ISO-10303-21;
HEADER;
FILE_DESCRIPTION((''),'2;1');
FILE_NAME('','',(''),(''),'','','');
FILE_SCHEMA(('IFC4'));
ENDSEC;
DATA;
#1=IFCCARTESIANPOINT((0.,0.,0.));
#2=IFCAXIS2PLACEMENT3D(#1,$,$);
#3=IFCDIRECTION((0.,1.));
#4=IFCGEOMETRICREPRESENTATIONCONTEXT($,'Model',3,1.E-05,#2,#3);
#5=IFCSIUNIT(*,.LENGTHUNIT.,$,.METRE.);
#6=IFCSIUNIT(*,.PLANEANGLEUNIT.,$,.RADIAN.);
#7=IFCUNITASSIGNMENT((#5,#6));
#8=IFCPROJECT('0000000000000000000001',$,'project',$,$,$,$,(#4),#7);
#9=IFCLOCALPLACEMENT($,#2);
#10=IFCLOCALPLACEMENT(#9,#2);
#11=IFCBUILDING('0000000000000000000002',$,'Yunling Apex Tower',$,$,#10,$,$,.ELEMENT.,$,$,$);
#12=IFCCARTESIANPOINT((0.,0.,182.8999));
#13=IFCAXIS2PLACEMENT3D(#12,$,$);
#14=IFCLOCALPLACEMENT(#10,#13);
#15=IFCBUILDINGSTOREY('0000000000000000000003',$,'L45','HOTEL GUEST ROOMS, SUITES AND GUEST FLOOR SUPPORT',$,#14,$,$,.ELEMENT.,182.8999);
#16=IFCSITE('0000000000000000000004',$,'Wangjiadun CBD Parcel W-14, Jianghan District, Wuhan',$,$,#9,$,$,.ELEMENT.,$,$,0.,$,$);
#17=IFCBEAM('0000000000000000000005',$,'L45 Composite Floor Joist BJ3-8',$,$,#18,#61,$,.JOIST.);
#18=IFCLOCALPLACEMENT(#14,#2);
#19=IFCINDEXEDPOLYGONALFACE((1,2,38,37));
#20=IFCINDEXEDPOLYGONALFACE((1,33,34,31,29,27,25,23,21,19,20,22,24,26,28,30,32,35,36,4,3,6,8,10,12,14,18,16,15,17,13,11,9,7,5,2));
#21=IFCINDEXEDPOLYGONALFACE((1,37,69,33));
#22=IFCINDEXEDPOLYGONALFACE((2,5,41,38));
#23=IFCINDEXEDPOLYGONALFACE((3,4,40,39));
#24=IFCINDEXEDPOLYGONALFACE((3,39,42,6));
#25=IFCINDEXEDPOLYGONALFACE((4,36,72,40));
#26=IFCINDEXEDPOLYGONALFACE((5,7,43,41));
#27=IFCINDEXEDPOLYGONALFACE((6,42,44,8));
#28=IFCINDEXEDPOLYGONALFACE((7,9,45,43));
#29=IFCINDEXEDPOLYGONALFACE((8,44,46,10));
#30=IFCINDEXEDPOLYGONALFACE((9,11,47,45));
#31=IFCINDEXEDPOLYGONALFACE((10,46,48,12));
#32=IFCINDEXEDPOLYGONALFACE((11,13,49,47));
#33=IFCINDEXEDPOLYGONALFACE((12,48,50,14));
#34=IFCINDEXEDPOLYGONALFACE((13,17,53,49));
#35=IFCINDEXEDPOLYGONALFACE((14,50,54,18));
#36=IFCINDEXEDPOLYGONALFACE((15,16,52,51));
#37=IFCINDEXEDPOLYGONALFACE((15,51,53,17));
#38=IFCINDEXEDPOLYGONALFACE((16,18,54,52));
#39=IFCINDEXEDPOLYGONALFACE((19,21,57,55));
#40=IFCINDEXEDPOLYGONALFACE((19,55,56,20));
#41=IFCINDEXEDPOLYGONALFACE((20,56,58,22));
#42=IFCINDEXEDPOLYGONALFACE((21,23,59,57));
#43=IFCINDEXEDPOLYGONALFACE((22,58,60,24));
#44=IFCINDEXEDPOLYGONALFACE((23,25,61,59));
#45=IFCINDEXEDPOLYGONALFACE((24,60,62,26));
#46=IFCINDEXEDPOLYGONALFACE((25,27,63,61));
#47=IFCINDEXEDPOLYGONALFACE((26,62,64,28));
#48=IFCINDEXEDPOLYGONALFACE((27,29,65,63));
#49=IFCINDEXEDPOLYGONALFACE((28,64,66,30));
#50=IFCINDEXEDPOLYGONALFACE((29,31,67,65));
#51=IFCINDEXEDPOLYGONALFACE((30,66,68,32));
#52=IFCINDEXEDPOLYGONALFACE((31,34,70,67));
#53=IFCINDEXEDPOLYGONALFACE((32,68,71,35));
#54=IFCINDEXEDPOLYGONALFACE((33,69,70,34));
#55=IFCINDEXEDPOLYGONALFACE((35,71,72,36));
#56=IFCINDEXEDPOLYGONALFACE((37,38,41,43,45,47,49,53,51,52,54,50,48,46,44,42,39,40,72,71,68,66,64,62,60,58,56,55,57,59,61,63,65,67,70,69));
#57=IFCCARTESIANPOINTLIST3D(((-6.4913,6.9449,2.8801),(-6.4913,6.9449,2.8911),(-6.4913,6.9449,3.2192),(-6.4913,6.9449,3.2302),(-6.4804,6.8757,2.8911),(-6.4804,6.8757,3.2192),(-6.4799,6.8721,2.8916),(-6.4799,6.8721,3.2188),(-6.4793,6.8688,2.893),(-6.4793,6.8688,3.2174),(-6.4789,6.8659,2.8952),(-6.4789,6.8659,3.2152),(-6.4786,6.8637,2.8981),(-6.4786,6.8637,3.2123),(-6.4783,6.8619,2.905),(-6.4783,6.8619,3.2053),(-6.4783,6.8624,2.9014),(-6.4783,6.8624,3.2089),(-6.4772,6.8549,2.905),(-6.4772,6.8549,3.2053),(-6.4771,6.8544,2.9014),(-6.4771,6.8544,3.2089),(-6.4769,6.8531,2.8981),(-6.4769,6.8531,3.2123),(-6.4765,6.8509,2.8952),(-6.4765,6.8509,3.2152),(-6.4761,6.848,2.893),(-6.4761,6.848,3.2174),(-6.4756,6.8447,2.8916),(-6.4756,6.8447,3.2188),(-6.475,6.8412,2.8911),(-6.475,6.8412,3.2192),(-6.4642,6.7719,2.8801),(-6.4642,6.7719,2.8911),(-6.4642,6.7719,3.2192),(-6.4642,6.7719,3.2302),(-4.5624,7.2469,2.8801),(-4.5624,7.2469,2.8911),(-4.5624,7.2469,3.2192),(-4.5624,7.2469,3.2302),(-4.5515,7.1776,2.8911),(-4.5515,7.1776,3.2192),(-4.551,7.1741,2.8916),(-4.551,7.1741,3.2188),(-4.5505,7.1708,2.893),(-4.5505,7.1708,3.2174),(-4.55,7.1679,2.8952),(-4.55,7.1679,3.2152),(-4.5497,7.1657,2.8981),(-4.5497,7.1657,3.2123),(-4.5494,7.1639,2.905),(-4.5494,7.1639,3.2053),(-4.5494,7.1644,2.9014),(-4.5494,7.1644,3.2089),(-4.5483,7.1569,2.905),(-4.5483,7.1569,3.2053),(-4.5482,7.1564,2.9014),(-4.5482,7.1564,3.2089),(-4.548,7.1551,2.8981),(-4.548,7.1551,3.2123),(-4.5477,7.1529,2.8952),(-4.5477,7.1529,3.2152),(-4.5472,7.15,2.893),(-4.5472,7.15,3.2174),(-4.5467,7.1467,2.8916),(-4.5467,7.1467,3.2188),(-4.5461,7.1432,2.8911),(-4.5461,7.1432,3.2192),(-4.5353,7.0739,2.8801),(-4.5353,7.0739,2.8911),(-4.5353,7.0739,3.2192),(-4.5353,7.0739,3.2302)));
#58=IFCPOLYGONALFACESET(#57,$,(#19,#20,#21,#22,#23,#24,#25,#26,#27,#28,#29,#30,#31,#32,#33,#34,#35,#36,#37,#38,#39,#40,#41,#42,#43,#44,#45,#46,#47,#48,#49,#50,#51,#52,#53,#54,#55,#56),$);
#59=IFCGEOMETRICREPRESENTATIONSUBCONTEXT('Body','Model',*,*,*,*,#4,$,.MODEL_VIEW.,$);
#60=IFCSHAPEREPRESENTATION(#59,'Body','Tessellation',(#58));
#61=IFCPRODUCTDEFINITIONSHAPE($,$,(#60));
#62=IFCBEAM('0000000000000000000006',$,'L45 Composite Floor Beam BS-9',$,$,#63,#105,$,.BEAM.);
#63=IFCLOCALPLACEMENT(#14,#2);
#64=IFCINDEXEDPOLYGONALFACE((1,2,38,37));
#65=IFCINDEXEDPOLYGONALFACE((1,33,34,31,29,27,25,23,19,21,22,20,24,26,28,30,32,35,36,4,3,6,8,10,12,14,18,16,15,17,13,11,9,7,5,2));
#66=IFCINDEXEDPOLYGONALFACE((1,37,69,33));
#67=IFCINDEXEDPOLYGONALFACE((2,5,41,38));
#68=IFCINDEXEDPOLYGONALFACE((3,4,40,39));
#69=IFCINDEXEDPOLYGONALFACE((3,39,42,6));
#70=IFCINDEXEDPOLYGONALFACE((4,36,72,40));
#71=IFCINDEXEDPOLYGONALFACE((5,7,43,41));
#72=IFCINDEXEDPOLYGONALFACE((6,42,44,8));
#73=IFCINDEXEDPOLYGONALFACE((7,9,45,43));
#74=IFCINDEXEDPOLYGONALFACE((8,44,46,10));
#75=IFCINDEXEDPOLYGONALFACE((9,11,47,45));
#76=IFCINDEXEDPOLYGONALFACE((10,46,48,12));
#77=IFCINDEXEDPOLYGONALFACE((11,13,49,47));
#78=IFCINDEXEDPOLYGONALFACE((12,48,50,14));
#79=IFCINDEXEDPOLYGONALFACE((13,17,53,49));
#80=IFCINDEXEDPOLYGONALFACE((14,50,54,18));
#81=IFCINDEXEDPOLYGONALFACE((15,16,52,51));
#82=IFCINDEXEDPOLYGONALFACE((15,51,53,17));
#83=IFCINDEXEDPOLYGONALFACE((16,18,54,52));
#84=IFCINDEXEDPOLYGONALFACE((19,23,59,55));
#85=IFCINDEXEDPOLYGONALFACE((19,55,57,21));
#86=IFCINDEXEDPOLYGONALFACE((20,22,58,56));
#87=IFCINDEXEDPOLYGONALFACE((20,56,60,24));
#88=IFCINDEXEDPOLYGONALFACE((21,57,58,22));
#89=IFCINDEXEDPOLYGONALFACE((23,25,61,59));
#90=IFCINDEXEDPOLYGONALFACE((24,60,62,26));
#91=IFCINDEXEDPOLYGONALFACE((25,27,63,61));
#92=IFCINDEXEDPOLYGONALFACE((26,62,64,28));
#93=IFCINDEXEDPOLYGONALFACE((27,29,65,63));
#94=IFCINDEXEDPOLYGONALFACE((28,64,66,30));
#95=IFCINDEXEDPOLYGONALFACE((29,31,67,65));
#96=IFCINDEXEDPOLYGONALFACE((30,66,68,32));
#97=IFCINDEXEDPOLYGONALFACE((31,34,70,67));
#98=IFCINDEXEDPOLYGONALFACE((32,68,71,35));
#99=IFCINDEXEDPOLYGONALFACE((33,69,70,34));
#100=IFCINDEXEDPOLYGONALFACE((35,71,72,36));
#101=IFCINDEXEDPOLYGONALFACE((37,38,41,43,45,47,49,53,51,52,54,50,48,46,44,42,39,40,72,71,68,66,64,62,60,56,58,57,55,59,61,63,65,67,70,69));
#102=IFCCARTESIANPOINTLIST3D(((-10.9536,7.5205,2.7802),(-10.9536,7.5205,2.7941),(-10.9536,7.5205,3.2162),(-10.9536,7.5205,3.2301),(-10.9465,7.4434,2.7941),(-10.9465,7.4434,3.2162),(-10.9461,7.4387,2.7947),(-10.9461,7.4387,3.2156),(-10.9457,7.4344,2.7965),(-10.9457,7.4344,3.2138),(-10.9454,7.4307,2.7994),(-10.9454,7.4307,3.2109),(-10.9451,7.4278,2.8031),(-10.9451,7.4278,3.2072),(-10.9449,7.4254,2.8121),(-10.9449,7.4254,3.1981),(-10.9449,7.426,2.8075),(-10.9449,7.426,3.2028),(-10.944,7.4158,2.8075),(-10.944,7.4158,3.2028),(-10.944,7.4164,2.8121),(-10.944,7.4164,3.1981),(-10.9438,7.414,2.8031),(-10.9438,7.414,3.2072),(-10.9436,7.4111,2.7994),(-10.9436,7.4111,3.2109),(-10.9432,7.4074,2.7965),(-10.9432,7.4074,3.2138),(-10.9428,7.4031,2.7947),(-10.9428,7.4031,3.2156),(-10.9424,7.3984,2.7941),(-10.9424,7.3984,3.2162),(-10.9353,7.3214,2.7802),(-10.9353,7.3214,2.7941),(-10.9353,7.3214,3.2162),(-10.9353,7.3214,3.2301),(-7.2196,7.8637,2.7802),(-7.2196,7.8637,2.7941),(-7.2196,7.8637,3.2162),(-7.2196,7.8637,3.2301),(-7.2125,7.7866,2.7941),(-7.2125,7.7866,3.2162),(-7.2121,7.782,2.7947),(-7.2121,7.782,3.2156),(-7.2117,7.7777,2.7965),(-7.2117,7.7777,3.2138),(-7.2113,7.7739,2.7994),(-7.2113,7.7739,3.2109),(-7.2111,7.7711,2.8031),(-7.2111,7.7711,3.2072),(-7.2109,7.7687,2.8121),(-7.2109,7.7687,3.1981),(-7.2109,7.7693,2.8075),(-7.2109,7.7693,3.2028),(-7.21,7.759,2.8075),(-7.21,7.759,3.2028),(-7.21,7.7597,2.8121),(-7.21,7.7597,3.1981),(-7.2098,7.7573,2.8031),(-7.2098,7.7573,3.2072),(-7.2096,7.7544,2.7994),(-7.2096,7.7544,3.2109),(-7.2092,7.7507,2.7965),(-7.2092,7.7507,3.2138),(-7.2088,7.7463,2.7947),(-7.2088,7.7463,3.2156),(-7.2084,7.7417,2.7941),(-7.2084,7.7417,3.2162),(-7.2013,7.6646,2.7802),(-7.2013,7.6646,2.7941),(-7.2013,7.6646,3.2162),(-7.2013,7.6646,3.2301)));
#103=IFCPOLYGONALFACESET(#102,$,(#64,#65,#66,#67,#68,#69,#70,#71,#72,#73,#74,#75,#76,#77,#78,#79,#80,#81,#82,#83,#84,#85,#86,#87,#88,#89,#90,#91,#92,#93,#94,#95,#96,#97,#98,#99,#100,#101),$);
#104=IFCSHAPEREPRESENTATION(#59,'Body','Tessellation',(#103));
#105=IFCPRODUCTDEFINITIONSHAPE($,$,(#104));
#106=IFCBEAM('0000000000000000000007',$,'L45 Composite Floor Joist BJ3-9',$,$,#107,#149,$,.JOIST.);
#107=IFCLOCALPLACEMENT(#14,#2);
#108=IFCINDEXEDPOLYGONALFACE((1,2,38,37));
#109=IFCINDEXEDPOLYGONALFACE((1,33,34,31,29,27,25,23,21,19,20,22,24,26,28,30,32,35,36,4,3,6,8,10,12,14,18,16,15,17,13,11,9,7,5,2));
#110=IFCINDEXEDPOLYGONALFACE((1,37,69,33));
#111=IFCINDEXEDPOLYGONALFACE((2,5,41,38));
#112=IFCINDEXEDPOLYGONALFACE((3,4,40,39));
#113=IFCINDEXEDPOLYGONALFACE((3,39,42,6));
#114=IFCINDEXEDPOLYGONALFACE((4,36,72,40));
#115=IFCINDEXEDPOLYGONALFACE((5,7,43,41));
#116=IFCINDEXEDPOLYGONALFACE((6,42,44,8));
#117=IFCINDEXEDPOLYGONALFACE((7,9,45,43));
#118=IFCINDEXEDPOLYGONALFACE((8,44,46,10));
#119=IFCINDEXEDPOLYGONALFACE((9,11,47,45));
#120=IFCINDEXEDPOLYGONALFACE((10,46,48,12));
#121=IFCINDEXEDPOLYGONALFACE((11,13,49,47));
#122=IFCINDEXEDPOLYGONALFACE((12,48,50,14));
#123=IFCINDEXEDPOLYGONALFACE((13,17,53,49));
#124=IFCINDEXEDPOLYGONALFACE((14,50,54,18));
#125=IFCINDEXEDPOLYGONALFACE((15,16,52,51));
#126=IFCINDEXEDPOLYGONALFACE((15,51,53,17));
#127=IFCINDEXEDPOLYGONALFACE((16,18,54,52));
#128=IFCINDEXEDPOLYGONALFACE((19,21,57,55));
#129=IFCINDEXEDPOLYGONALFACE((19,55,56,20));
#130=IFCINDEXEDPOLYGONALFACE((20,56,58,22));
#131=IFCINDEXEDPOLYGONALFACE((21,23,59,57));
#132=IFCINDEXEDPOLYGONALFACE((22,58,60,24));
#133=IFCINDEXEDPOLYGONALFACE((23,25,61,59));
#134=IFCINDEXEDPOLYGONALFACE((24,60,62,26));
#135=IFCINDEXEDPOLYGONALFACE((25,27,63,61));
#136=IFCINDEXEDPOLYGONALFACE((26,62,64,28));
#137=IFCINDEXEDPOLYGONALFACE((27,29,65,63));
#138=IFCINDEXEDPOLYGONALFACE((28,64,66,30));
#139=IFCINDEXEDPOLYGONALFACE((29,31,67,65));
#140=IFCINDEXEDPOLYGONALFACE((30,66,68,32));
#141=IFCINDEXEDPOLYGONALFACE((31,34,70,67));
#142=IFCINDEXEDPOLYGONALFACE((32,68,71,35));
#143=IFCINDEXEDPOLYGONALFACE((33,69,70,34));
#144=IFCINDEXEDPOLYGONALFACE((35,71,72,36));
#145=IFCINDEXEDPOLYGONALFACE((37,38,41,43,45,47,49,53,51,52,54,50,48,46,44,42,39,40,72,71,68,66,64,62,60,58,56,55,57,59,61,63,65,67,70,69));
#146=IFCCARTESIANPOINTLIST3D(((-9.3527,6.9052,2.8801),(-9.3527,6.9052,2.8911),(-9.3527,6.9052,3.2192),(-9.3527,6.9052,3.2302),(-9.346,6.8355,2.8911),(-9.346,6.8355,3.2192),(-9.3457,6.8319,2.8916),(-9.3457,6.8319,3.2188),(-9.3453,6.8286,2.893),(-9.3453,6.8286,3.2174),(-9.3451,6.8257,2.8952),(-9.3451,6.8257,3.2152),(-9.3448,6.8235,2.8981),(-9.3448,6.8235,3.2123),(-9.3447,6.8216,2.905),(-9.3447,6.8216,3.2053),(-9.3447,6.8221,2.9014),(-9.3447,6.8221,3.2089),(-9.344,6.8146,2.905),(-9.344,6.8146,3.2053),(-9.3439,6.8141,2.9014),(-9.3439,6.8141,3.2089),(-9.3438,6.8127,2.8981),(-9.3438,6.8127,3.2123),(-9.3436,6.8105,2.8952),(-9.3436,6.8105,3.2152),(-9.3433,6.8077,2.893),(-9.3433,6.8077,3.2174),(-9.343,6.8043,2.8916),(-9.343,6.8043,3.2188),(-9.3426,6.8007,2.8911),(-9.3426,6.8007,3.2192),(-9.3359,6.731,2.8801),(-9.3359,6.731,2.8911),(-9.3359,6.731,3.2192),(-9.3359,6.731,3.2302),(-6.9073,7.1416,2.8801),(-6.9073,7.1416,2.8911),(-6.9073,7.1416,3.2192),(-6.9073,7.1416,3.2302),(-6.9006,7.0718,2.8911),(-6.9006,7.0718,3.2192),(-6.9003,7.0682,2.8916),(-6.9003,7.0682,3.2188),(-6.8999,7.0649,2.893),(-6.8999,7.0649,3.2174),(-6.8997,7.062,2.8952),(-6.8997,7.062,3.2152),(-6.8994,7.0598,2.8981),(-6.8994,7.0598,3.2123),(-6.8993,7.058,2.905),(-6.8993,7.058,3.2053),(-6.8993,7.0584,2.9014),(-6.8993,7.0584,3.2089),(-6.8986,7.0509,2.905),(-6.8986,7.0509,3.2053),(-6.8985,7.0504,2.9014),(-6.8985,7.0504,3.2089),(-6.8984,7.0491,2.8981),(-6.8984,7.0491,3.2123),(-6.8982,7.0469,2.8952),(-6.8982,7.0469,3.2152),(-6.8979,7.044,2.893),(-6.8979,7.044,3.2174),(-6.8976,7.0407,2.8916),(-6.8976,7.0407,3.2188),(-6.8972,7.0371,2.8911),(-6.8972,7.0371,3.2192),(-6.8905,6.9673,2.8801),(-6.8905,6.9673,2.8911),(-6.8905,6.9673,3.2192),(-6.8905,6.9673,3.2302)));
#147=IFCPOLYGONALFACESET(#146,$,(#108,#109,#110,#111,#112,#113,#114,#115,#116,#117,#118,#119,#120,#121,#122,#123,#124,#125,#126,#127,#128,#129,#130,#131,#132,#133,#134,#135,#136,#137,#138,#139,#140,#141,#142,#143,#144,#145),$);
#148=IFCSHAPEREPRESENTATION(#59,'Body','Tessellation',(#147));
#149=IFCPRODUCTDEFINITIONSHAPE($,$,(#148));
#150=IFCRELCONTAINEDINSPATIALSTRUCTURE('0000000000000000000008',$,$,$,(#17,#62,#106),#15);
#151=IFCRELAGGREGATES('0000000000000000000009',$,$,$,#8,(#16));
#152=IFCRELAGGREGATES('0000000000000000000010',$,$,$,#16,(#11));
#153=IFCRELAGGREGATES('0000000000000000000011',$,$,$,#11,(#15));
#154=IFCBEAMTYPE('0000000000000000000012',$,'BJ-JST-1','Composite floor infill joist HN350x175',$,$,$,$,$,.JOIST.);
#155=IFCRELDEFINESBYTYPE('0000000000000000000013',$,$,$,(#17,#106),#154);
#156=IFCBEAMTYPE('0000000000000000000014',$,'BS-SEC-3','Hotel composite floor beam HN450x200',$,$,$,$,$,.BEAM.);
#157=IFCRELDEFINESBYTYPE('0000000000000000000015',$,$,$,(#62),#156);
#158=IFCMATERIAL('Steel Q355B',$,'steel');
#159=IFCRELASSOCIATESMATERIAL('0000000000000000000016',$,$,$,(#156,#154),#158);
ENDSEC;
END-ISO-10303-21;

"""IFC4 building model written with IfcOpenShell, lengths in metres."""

from ifc_helpers import new_model, si_unit, direction, frame, origin, origin_2d, place, context, subcontext, project, spatial, i_section, extrude, source, transform, mapped, material, material_profile, profile_set, type_object, element, save


model = new_model("IFC4")

# Units and contexts
model_context = context("Model", 3, precision=1e-05, world=origin(), true_north=direction((0.0, 1.0)))
body_context = subcontext(model_context, "Body", "Model", "MODEL_VIEW")
ifc_project = project(units=[si_unit("LENGTHUNIT", "METRE"), si_unit("PLANEANGLEUNIT", "RADIAN")], contexts=[model_context])

# Site, building, storey
site_placement = place(None, origin())
site = spatial("IfcSite", under=ifc_project, at=site_placement, Name="Wangjiadun CBD Parcel W-14, Jianghan District, Wuhan", CompositionType="ELEMENT", RefElevation=0.0)
building_placement = place(site_placement, origin())
building = spatial("IfcBuilding", under=site, at=building_placement, Name="Yunling Apex Tower", CompositionType="ELEMENT")
storey_placement = place(building_placement, frame((0.0, 0.0, 182.8999)))
storey = spatial("IfcBuildingStorey", under=building, at=storey_placement, Name="L45", Description="HOTEL GUEST ROOMS, SUITES AND GUEST FLOOR SUPPORT", CompositionType="ELEMENT", Elevation=182.8999)

# Beams
ifc_material_1 = material(Name="Steel Q355B", Category="steel")
ifc_material_profile_1 = material_profile(ifc_material_1, i_section(OverallWidth=0.2, OverallDepth=0.45, WebThickness=0.009, FlangeThickness=0.0139, FilletRadius=0.0181, at=origin_2d()))
ifc_profile_set_1 = profile_set([ifc_material_profile_1], Name="Steel Q355B")
beam_type_1 = type_object("IfcBeamType", Name="BS-SEC-3", Description="Hotel composite floor beam HN450x200", PredefinedType="BEAM", material=ifc_profile_set_1)
ifc_material_profile_2 = material_profile(ifc_material_1, i_section(OverallWidth=0.175, OverallDepth=0.3501, WebThickness=0.0071, FlangeThickness=0.011, FilletRadius=0.0139, at=origin_2d()))
ifc_profile_set_2 = profile_set([ifc_material_profile_2], Name="Steel Q355B")
beam_type_2 = type_object("IfcBeamType", Name="BJ-JST-1", Description="Composite floor infill joist HN350x175", PredefinedType="JOIST", material=ifc_profile_set_2)
shared_shape_1 = source(origin(), body_context, "Body", "SweptSolid", [
    extrude(i_section(OverallWidth=0.175, OverallDepth=0.3501, WebThickness=0.0071, FlangeThickness=0.011, FilletRadius=0.0139, at=origin_2d()), origin(), (0.0, 0.0, 1.0), 1.9524),
])
beam_1_placement = place(storey_placement, frame((-4.5488, 7.1604, 3.0552), z_axis=(-0.987965, -0.154678, 0.0), x_axis=(0.154678, -0.987965, 0.0)))
element("IfcBeam", 1, at=beam_1_placement, inside=storey, type_object=beam_type_2, Name="L45 Composite Floor Joist BJ3-8", PredefinedType="JOIST", context=body_context, shape_type="MappedRepresentation", body=[
    mapped(shared_shape_1, transform((0.0, 0.0, 0.0), scale=1.0)),
])
shared_shape_2 = source(origin(), body_context, "Body", "SweptSolid", [
    extrude(i_section(OverallWidth=0.2, OverallDepth=0.45, WebThickness=0.009, FlangeThickness=0.0139, FilletRadius=0.0181, at=origin_2d()), origin(), (0.0, 0.0, 1.0), 3.7498),
])
beam_2_placement = place(storey_placement, frame((-7.2104, 7.7642, 3.0051), z_axis=(-0.995801, -0.09154, 0.0), x_axis=(0.09154, -0.995801, 0.0)))
element("IfcBeam", 2, at=beam_2_placement, inside=storey, type_object=beam_type_1, Name="L45 Composite Floor Beam BS-9", PredefinedType="BEAM", context=body_context, shape_type="MappedRepresentation", body=[
    mapped(shared_shape_2, transform((0.0, 0.0, 0.0), scale=1.0)),
])
shared_shape_3 = source(origin(), body_context, "Body", "SweptSolid", [
    extrude(i_section(OverallWidth=0.175, OverallDepth=0.3501, WebThickness=0.0071, FlangeThickness=0.011, FilletRadius=0.0139, at=origin_2d()), origin(), (0.0, 0.0, 1.0), 2.4568),
])
beam_3_placement = place(storey_placement, frame((-6.8989, 7.0544, 3.0552), z_axis=(-0.995362, -0.096197, 0.0), x_axis=(0.096197, -0.995362, 0.0)))
element("IfcBeam", 3, at=beam_3_placement, inside=storey, type_object=beam_type_2, Name="L45 Composite Floor Joist BJ3-9", PredefinedType="JOIST", context=body_context, shape_type="MappedRepresentation", body=[
    mapped(shared_shape_3, transform((0.0, 0.0, 0.0), scale=1.0)),
])

save(model, "model.ifc")
